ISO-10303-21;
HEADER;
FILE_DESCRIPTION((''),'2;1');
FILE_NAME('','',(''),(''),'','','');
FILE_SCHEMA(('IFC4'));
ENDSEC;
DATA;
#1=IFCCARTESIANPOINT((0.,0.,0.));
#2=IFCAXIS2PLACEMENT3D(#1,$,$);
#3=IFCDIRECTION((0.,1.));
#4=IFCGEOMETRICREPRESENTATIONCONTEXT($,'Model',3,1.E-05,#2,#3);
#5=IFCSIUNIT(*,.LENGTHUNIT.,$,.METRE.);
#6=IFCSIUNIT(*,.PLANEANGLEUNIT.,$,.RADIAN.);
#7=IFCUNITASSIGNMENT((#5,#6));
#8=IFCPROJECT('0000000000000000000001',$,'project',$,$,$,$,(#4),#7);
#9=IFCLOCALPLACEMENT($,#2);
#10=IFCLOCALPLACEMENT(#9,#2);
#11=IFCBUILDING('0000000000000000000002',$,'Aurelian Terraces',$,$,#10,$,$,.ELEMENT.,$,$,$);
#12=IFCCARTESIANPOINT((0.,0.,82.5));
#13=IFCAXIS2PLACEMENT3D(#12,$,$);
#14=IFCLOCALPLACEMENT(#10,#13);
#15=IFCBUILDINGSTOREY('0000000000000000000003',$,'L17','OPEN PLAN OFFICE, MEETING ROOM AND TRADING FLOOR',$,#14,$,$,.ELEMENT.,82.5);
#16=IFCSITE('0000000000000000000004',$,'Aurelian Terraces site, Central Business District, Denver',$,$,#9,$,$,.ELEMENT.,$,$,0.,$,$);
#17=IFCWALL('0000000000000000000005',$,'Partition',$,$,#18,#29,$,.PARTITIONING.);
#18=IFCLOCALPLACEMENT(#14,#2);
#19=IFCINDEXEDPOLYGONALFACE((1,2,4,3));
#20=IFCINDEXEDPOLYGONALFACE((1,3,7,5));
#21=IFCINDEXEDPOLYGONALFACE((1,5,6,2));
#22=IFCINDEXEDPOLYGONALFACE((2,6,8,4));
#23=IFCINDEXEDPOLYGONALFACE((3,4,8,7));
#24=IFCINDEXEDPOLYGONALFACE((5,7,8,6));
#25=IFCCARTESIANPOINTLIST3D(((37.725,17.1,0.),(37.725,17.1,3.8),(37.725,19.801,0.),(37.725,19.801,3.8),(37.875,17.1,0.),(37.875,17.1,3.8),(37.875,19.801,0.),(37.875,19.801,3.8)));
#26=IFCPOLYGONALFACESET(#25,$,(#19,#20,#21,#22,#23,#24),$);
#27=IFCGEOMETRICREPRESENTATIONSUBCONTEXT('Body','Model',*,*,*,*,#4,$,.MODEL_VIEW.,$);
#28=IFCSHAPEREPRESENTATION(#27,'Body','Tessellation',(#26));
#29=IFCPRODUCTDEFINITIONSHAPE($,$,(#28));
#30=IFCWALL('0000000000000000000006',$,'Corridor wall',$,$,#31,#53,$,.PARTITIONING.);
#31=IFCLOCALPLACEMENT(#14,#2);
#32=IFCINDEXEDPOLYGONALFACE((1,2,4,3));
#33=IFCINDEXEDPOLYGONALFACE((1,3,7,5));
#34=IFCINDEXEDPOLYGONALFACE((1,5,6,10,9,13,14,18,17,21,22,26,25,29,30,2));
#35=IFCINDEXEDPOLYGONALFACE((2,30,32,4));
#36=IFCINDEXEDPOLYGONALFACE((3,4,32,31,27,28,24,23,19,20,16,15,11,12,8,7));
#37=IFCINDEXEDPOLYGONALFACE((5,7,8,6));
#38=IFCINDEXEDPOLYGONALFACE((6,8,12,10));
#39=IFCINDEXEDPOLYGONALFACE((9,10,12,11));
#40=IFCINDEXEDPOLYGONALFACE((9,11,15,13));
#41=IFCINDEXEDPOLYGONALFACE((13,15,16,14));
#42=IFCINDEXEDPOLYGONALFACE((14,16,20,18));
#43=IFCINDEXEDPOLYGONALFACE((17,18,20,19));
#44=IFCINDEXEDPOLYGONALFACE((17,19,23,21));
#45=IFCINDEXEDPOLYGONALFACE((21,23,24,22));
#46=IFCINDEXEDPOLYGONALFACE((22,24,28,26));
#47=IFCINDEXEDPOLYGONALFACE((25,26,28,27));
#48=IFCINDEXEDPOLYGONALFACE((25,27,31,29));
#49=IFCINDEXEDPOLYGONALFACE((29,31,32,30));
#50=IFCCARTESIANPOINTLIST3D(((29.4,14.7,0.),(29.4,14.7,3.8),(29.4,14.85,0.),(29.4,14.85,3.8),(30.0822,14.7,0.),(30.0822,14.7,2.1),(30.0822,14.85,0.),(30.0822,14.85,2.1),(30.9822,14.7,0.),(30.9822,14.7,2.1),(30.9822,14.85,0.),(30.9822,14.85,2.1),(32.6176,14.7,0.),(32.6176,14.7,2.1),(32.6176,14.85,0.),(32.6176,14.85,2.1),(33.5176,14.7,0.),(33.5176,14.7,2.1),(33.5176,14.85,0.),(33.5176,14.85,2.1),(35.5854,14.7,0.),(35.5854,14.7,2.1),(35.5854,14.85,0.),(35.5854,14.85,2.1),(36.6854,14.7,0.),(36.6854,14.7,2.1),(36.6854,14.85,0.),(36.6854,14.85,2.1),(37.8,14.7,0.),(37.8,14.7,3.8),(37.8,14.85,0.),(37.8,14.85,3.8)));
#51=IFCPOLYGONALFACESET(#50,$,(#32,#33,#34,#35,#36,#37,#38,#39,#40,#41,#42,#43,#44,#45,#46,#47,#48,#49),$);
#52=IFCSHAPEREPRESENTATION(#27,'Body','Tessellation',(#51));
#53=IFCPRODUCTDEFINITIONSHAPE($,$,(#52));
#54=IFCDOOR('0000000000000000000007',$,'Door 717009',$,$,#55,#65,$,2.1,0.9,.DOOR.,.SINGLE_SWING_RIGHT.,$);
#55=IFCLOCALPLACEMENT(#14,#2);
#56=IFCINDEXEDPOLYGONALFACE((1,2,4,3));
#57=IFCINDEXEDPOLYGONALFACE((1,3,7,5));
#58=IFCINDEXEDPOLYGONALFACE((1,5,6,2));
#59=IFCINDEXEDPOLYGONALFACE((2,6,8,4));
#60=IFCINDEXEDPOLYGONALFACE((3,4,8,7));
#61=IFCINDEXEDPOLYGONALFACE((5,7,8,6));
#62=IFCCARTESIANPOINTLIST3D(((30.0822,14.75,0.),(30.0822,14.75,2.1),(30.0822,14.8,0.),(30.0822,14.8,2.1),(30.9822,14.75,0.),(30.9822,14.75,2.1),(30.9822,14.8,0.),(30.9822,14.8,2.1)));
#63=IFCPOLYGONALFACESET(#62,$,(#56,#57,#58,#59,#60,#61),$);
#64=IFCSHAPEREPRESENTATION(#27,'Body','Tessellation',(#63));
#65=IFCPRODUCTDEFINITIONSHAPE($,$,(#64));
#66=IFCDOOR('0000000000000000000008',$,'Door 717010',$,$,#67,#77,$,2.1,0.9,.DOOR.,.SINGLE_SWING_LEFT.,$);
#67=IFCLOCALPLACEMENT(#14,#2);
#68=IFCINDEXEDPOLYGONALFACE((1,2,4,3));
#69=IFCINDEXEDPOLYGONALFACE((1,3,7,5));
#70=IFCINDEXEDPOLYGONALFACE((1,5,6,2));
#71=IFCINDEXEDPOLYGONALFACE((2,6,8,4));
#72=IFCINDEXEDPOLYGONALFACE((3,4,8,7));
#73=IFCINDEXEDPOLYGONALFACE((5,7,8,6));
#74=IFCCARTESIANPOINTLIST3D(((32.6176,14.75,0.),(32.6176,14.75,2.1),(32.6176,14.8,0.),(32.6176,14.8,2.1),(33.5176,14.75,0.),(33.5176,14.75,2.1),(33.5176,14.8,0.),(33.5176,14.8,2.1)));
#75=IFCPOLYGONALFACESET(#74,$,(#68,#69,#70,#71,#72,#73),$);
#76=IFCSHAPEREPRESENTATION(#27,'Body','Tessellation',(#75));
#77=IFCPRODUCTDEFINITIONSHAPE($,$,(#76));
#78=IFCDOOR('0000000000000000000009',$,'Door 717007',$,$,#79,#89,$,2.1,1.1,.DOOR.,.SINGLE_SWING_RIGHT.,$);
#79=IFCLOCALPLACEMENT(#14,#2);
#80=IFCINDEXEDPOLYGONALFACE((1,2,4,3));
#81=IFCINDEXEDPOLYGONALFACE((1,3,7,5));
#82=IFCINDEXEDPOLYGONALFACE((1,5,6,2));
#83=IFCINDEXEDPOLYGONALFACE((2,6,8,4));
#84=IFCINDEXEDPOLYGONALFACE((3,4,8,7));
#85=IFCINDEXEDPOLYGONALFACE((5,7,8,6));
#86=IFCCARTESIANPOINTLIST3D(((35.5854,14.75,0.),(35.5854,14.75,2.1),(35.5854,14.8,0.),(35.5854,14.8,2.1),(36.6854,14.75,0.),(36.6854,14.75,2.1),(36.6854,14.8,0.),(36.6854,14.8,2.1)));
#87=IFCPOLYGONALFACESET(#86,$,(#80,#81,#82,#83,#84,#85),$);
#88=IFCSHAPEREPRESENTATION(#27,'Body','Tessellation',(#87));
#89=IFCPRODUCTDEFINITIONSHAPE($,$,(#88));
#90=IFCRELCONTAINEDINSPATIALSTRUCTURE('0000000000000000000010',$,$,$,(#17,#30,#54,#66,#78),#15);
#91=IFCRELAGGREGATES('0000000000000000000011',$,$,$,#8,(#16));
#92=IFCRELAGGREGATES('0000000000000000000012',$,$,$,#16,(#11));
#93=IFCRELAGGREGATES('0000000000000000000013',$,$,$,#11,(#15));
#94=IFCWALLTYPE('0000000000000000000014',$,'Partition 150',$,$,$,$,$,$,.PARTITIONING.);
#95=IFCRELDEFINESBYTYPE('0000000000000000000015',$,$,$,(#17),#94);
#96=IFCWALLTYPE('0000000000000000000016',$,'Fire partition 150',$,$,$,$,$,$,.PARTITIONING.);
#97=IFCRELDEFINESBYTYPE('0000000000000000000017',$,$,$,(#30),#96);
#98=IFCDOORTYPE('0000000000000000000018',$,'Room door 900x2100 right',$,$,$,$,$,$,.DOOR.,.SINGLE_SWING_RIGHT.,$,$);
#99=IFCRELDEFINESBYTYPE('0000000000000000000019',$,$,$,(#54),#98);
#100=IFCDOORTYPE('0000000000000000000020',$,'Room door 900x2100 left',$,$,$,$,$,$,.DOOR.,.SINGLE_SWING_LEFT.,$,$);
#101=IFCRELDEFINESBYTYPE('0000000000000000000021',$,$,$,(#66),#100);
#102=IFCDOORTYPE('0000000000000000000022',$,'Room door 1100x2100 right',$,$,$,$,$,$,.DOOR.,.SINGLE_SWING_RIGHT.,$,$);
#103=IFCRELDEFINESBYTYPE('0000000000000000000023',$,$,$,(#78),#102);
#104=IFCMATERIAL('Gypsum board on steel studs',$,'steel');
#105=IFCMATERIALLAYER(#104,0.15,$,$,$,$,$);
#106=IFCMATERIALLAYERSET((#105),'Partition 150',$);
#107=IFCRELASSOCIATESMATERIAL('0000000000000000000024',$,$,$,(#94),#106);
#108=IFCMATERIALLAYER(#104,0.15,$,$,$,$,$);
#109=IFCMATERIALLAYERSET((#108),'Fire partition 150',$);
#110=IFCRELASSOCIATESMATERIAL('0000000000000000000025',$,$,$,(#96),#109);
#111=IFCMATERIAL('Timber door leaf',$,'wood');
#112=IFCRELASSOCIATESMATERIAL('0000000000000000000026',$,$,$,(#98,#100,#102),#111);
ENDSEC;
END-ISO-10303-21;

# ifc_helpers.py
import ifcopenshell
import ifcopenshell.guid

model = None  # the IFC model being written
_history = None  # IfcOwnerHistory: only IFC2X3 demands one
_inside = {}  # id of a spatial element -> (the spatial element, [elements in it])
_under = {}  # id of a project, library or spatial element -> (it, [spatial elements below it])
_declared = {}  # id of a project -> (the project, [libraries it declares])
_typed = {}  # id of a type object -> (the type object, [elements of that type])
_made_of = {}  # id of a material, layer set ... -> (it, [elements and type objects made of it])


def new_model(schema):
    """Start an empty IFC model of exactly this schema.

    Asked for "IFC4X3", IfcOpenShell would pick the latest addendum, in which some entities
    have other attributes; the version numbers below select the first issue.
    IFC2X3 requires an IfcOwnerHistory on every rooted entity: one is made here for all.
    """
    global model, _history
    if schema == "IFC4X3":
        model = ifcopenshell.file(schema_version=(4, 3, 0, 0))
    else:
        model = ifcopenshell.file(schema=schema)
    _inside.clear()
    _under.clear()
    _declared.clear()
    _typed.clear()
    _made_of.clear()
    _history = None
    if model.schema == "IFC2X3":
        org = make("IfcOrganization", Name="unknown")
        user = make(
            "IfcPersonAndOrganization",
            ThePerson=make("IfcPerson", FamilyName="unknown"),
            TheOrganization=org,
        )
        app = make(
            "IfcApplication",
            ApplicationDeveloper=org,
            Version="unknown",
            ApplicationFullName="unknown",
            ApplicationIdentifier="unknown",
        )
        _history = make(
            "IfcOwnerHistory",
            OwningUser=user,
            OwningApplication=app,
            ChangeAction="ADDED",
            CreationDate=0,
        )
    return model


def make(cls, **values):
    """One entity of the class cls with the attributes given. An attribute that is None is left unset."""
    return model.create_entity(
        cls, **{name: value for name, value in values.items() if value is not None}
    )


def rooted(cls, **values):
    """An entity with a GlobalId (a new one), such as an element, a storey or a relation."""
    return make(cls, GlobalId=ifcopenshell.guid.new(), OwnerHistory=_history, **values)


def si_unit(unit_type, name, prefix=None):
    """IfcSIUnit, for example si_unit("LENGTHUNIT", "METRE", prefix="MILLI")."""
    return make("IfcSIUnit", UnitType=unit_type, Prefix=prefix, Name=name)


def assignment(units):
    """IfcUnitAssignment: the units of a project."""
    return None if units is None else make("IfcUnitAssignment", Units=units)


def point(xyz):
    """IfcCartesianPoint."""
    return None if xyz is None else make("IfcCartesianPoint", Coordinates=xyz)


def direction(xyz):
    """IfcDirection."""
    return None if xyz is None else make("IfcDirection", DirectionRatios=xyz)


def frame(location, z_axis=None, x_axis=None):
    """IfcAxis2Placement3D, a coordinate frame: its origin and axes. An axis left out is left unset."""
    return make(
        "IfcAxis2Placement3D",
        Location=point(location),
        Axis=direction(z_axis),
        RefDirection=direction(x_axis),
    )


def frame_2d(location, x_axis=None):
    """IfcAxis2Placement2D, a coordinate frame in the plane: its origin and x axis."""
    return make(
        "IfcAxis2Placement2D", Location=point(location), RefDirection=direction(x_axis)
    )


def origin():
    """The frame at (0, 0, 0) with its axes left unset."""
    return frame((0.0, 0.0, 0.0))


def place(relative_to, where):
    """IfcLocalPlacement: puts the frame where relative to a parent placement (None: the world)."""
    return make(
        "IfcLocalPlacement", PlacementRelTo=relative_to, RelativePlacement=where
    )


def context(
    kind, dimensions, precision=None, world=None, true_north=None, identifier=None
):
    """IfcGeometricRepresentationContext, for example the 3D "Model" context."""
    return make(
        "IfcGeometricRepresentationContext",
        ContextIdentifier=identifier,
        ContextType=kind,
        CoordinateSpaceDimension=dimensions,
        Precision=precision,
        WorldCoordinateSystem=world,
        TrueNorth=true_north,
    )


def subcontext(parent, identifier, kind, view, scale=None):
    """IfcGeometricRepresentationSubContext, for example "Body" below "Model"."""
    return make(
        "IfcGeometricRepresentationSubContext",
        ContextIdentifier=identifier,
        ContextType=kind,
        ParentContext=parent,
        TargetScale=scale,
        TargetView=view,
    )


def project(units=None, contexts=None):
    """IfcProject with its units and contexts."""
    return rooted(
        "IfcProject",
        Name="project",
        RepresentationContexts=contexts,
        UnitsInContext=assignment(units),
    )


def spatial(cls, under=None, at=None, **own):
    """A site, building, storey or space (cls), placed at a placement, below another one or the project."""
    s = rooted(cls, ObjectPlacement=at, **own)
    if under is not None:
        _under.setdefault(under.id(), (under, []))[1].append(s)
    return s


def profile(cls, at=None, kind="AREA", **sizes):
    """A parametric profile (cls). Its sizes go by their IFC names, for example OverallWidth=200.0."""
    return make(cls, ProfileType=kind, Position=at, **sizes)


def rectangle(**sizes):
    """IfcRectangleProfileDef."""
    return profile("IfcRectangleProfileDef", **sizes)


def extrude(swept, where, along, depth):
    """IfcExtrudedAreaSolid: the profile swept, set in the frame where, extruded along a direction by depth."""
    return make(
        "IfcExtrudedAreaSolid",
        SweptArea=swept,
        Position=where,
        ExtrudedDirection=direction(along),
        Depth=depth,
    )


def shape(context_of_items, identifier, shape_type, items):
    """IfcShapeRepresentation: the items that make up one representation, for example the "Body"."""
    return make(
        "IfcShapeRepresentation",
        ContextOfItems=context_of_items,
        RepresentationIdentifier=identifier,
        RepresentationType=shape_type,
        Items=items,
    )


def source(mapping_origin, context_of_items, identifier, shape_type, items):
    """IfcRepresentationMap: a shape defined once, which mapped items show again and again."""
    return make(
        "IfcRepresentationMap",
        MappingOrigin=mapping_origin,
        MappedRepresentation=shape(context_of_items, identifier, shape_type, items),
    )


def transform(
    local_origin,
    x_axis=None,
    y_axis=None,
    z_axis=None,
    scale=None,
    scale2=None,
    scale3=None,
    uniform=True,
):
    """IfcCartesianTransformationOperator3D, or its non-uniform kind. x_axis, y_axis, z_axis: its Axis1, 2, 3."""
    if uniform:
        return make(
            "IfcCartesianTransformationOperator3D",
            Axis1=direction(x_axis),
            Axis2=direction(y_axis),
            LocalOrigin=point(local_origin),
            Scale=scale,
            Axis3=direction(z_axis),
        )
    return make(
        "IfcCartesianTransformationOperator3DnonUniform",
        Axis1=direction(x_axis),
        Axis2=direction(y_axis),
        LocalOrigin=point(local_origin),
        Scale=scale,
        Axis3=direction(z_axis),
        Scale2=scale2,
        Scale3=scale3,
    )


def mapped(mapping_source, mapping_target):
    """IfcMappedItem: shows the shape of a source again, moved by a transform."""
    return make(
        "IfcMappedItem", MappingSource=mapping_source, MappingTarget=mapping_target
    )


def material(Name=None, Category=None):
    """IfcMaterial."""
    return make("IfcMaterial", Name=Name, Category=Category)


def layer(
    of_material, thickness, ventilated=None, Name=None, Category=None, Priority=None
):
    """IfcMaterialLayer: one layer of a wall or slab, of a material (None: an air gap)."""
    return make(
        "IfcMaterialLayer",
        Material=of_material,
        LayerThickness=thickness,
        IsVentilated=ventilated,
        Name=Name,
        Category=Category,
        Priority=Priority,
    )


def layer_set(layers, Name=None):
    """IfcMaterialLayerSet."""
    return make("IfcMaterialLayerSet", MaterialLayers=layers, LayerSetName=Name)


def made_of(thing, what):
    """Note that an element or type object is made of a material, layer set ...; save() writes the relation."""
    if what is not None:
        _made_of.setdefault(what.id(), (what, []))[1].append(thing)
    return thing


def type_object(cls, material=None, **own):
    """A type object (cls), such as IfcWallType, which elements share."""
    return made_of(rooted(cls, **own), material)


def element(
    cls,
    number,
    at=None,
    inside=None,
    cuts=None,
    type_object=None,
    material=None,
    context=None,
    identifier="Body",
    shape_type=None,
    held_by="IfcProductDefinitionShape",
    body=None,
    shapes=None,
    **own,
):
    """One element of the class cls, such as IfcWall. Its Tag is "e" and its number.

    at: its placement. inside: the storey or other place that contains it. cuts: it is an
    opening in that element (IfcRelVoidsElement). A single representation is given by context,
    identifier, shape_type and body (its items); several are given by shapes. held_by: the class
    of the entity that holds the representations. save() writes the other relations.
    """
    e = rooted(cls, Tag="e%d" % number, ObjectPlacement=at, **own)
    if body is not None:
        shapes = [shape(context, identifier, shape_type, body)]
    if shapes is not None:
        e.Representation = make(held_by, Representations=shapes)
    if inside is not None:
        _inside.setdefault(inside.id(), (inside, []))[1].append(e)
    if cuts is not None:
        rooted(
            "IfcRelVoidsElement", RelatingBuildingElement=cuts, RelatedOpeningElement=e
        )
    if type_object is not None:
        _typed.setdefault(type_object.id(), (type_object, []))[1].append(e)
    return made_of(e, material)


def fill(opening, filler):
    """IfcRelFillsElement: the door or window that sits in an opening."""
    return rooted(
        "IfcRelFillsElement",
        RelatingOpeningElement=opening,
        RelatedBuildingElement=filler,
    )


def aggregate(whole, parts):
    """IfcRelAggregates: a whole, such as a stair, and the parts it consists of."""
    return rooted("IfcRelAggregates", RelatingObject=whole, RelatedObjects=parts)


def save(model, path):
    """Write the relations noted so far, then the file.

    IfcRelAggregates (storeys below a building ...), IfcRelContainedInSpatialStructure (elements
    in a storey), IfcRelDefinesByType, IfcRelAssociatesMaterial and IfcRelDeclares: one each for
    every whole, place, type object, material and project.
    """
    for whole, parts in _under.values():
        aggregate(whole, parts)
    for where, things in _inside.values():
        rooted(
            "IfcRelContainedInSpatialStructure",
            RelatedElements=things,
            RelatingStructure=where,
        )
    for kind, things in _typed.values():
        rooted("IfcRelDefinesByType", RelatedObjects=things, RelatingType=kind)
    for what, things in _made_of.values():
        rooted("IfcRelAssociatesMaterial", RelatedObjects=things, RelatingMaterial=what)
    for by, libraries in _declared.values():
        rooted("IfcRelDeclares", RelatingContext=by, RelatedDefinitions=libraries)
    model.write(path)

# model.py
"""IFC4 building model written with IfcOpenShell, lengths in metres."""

from ifc_helpers import new_model, si_unit, direction, frame, frame_2d, origin, place, context, subcontext, project, spatial, rectangle, extrude, source, transform, mapped, material, layer, layer_set, type_object, element, fill, save


model = new_model("IFC4")

# Units and contexts
model_context = context("Model", 3, precision=1e-05, world=origin(), true_north=direction((0.0, 1.0)))
body_context = subcontext(model_context, "Body", "Model", "MODEL_VIEW")
ifc_project = project(units=[si_unit("LENGTHUNIT", "METRE"), si_unit("PLANEANGLEUNIT", "RADIAN")], contexts=[model_context])

# Site, building, storey
site_placement = place(None, origin())
site = spatial("IfcSite", under=ifc_project, at=site_placement, Name="Aurelian Terraces site, Central Business District, Denver", CompositionType="ELEMENT", RefElevation=0.0)
building_placement = place(site_placement, origin())
building = spatial("IfcBuilding", under=site, at=building_placement, Name="Aurelian Terraces", CompositionType="ELEMENT")
storey_placement = place(building_placement, frame((0.0, 0.0, 82.5)))
storey = spatial("IfcBuildingStorey", under=building, at=storey_placement, Name="L17", Description="OPEN PLAN OFFICE, MEETING ROOM AND TRADING FLOOR", CompositionType="ELEMENT", Elevation=82.5)

# Shared definitions
ifc_material_1 = material(Name="Timber door leaf", Category="wood")

# Wall
ifc_material_2 = material(Name="Gypsum board on steel studs", Category="steel")
ifc_layer_1 = layer(ifc_material_2, 0.15)
ifc_layer_set_1 = layer_set([ifc_layer_1], Name="Partition 150")
wall_type_1 = type_object("IfcWallType", Name="Partition 150", PredefinedType="PARTITIONING", material=ifc_layer_set_1)
shared_shape_1 = source(origin(), body_context, "Body", "SweptSolid", [
    extrude(rectangle(XDim=2.701, YDim=0.15, at=frame_2d((1.3505, 0.0))), origin(), (0.0, 0.0, 1.0), 3.8),
])
wall_1_placement = place(storey_placement, frame((37.8, 17.1, 0.0), z_axis=(0.0, 0.0, 1.0), x_axis=(0.0, 1.0, 0.0)))
element("IfcWall", 1, at=wall_1_placement, inside=storey, type_object=wall_type_1, Name="Partition", PredefinedType="PARTITIONING", context=body_context, shape_type="MappedRepresentation", body=[
    mapped(shared_shape_1, transform((0.0, 0.0, 0.0), scale=1.0)),
])

# Wall, openings, doors
ifc_layer_2 = layer(ifc_material_2, 0.15)
ifc_layer_set_2 = layer_set([ifc_layer_2], Name="Fire partition 150")
wall_type_2 = type_object("IfcWallType", Name="Fire partition 150", PredefinedType="PARTITIONING", material=ifc_layer_set_2)
shared_shape_2 = source(origin(), body_context, "Body", "SweptSolid", [
    extrude(rectangle(XDim=8.4, YDim=0.15, at=frame_2d((4.2, 0.0))), origin(), (0.0, 0.0, 1.0), 3.8),
])
wall_2_placement = place(storey_placement, frame((37.8, 14.775, 0.0), z_axis=(0.0, 0.0, 1.0), x_axis=(-1.0, 0.0, 0.0)))
wall_2 = element("IfcWall", 2, at=wall_2_placement, inside=storey, type_object=wall_type_2, Name="Corridor wall", PredefinedType="PARTITIONING", context=body_context, shape_type="MappedRepresentation", body=[
    mapped(shared_shape_2, transform((0.0, 0.0, 0.0), scale=1.0)),
])
shared_shape_3 = source(origin(), body_context, "Body", "SweptSolid", [
    extrude(rectangle(XDim=1.1, YDim=2.1, at=frame_2d((0.55, 1.05))), frame((0.0, 0.085, 0.0), z_axis=(0.0, -1.0, 0.0), x_axis=(1.0, 0.0, 0.0)), (0.0, 0.0, 1.0), 0.17),
])
opening_1_placement = place(wall_2_placement, frame((1.1146, 0.0, 0.0)))
opening_1 = element("IfcOpeningElement", 3, at=opening_1_placement, cuts=wall_2, PredefinedType="OPENING", context=body_context, shape_type="MappedRepresentation", body=[
    mapped(shared_shape_3, transform((0.0, 0.0, 0.0), scale=1.0)),
])
shared_shape_4 = source(origin(), body_context, "Body", "SweptSolid", [
    extrude(rectangle(XDim=0.9, YDim=2.1, at=frame_2d((0.45, 1.05))), frame((0.0, 0.085, 0.0), z_axis=(0.0, -1.0, 0.0), x_axis=(1.0, 0.0, 0.0)), (0.0, 0.0, 1.0), 0.17),
])
opening_2_placement = place(wall_2_placement, frame((6.8178, 0.0, 0.0)))
opening_2 = element("IfcOpeningElement", 4, at=opening_2_placement, cuts=wall_2, PredefinedType="OPENING", context=body_context, shape_type="MappedRepresentation", body=[
    mapped(shared_shape_4, transform((0.0, 0.0, 0.0), scale=1.0)),
])
opening_3_placement = place(wall_2_placement, frame((4.2824, 0.0, 0.0)))
opening_3 = element("IfcOpeningElement", 5, at=opening_3_placement, cuts=wall_2, PredefinedType="OPENING", context=body_context, shape_type="MappedRepresentation", body=[
    mapped(shared_shape_4, transform((0.0, 0.0, 0.0), scale=1.0)),
])
door_type_1 = type_object("IfcDoorType", Name="Room door 900x2100 right", OperationType="SINGLE_SWING_RIGHT", PredefinedType="DOOR", material=ifc_material_1)
shared_shape_5 = source(origin(), body_context, "Body", "SweptSolid", [
    extrude(rectangle(XDim=0.9, YDim=2.1, at=frame_2d((0.45, 1.05))), frame((0.0, 0.025, 0.0), z_axis=(0.0, -1.0, 0.0), x_axis=(1.0, 0.0, 0.0)), (0.0, 0.0, 1.0), 0.05),
])
door_1_placement = place(opening_2_placement, origin())
door_1 = element("IfcDoor", 6, at=door_1_placement, inside=storey, type_object=door_type_1, Name="Door 717009", OperationType="SINGLE_SWING_RIGHT", OverallHeight=2.1, OverallWidth=0.9, PredefinedType="DOOR", context=body_context, shape_type="MappedRepresentation", body=[
    mapped(shared_shape_5, transform((0.0, 0.0, 0.0), scale=1.0)),
])
fill(opening_2, door_1)
door_type_2 = type_object("IfcDoorType", Name="Room door 900x2100 left", OperationType="SINGLE_SWING_LEFT", PredefinedType="DOOR", material=ifc_material_1)
door_2_placement = place(opening_3_placement, origin())
door_2 = element("IfcDoor", 7, at=door_2_placement, inside=storey, type_object=door_type_2, Name="Door 717010", OperationType="SINGLE_SWING_LEFT", OverallHeight=2.1, OverallWidth=0.9, PredefinedType="DOOR", context=body_context, shape_type="MappedRepresentation", body=[
    mapped(shared_shape_5, transform((0.0, 0.0, 0.0), scale=1.0)),
])
fill(opening_3, door_2)
door_type_3 = type_object("IfcDoorType", Name="Room door 1100x2100 right", OperationType="SINGLE_SWING_RIGHT", PredefinedType="DOOR", material=ifc_material_1)
shared_shape_6 = source(origin(), body_context, "Body", "SweptSolid", [
    extrude(rectangle(XDim=1.1, YDim=2.1, at=frame_2d((0.55, 1.05))), frame((0.0, 0.025, 0.0), z_axis=(0.0, -1.0, 0.0), x_axis=(1.0, 0.0, 0.0)), (0.0, 0.0, 1.0), 0.05),
])
door_3_placement = place(opening_1_placement, origin())
door_3 = element("IfcDoor", 8, at=door_3_placement, inside=storey, type_object=door_type_3, Name="Door 717007", OperationType="SINGLE_SWING_RIGHT", OverallHeight=2.1, OverallWidth=1.1, PredefinedType="DOOR", context=body_context, shape_type="MappedRepresentation", body=[
    mapped(shared_shape_6, transform((0.0, 0.0, 0.0), scale=1.0)),
])
fill(opening_1, door_3)

save(model, "model.ifc")
